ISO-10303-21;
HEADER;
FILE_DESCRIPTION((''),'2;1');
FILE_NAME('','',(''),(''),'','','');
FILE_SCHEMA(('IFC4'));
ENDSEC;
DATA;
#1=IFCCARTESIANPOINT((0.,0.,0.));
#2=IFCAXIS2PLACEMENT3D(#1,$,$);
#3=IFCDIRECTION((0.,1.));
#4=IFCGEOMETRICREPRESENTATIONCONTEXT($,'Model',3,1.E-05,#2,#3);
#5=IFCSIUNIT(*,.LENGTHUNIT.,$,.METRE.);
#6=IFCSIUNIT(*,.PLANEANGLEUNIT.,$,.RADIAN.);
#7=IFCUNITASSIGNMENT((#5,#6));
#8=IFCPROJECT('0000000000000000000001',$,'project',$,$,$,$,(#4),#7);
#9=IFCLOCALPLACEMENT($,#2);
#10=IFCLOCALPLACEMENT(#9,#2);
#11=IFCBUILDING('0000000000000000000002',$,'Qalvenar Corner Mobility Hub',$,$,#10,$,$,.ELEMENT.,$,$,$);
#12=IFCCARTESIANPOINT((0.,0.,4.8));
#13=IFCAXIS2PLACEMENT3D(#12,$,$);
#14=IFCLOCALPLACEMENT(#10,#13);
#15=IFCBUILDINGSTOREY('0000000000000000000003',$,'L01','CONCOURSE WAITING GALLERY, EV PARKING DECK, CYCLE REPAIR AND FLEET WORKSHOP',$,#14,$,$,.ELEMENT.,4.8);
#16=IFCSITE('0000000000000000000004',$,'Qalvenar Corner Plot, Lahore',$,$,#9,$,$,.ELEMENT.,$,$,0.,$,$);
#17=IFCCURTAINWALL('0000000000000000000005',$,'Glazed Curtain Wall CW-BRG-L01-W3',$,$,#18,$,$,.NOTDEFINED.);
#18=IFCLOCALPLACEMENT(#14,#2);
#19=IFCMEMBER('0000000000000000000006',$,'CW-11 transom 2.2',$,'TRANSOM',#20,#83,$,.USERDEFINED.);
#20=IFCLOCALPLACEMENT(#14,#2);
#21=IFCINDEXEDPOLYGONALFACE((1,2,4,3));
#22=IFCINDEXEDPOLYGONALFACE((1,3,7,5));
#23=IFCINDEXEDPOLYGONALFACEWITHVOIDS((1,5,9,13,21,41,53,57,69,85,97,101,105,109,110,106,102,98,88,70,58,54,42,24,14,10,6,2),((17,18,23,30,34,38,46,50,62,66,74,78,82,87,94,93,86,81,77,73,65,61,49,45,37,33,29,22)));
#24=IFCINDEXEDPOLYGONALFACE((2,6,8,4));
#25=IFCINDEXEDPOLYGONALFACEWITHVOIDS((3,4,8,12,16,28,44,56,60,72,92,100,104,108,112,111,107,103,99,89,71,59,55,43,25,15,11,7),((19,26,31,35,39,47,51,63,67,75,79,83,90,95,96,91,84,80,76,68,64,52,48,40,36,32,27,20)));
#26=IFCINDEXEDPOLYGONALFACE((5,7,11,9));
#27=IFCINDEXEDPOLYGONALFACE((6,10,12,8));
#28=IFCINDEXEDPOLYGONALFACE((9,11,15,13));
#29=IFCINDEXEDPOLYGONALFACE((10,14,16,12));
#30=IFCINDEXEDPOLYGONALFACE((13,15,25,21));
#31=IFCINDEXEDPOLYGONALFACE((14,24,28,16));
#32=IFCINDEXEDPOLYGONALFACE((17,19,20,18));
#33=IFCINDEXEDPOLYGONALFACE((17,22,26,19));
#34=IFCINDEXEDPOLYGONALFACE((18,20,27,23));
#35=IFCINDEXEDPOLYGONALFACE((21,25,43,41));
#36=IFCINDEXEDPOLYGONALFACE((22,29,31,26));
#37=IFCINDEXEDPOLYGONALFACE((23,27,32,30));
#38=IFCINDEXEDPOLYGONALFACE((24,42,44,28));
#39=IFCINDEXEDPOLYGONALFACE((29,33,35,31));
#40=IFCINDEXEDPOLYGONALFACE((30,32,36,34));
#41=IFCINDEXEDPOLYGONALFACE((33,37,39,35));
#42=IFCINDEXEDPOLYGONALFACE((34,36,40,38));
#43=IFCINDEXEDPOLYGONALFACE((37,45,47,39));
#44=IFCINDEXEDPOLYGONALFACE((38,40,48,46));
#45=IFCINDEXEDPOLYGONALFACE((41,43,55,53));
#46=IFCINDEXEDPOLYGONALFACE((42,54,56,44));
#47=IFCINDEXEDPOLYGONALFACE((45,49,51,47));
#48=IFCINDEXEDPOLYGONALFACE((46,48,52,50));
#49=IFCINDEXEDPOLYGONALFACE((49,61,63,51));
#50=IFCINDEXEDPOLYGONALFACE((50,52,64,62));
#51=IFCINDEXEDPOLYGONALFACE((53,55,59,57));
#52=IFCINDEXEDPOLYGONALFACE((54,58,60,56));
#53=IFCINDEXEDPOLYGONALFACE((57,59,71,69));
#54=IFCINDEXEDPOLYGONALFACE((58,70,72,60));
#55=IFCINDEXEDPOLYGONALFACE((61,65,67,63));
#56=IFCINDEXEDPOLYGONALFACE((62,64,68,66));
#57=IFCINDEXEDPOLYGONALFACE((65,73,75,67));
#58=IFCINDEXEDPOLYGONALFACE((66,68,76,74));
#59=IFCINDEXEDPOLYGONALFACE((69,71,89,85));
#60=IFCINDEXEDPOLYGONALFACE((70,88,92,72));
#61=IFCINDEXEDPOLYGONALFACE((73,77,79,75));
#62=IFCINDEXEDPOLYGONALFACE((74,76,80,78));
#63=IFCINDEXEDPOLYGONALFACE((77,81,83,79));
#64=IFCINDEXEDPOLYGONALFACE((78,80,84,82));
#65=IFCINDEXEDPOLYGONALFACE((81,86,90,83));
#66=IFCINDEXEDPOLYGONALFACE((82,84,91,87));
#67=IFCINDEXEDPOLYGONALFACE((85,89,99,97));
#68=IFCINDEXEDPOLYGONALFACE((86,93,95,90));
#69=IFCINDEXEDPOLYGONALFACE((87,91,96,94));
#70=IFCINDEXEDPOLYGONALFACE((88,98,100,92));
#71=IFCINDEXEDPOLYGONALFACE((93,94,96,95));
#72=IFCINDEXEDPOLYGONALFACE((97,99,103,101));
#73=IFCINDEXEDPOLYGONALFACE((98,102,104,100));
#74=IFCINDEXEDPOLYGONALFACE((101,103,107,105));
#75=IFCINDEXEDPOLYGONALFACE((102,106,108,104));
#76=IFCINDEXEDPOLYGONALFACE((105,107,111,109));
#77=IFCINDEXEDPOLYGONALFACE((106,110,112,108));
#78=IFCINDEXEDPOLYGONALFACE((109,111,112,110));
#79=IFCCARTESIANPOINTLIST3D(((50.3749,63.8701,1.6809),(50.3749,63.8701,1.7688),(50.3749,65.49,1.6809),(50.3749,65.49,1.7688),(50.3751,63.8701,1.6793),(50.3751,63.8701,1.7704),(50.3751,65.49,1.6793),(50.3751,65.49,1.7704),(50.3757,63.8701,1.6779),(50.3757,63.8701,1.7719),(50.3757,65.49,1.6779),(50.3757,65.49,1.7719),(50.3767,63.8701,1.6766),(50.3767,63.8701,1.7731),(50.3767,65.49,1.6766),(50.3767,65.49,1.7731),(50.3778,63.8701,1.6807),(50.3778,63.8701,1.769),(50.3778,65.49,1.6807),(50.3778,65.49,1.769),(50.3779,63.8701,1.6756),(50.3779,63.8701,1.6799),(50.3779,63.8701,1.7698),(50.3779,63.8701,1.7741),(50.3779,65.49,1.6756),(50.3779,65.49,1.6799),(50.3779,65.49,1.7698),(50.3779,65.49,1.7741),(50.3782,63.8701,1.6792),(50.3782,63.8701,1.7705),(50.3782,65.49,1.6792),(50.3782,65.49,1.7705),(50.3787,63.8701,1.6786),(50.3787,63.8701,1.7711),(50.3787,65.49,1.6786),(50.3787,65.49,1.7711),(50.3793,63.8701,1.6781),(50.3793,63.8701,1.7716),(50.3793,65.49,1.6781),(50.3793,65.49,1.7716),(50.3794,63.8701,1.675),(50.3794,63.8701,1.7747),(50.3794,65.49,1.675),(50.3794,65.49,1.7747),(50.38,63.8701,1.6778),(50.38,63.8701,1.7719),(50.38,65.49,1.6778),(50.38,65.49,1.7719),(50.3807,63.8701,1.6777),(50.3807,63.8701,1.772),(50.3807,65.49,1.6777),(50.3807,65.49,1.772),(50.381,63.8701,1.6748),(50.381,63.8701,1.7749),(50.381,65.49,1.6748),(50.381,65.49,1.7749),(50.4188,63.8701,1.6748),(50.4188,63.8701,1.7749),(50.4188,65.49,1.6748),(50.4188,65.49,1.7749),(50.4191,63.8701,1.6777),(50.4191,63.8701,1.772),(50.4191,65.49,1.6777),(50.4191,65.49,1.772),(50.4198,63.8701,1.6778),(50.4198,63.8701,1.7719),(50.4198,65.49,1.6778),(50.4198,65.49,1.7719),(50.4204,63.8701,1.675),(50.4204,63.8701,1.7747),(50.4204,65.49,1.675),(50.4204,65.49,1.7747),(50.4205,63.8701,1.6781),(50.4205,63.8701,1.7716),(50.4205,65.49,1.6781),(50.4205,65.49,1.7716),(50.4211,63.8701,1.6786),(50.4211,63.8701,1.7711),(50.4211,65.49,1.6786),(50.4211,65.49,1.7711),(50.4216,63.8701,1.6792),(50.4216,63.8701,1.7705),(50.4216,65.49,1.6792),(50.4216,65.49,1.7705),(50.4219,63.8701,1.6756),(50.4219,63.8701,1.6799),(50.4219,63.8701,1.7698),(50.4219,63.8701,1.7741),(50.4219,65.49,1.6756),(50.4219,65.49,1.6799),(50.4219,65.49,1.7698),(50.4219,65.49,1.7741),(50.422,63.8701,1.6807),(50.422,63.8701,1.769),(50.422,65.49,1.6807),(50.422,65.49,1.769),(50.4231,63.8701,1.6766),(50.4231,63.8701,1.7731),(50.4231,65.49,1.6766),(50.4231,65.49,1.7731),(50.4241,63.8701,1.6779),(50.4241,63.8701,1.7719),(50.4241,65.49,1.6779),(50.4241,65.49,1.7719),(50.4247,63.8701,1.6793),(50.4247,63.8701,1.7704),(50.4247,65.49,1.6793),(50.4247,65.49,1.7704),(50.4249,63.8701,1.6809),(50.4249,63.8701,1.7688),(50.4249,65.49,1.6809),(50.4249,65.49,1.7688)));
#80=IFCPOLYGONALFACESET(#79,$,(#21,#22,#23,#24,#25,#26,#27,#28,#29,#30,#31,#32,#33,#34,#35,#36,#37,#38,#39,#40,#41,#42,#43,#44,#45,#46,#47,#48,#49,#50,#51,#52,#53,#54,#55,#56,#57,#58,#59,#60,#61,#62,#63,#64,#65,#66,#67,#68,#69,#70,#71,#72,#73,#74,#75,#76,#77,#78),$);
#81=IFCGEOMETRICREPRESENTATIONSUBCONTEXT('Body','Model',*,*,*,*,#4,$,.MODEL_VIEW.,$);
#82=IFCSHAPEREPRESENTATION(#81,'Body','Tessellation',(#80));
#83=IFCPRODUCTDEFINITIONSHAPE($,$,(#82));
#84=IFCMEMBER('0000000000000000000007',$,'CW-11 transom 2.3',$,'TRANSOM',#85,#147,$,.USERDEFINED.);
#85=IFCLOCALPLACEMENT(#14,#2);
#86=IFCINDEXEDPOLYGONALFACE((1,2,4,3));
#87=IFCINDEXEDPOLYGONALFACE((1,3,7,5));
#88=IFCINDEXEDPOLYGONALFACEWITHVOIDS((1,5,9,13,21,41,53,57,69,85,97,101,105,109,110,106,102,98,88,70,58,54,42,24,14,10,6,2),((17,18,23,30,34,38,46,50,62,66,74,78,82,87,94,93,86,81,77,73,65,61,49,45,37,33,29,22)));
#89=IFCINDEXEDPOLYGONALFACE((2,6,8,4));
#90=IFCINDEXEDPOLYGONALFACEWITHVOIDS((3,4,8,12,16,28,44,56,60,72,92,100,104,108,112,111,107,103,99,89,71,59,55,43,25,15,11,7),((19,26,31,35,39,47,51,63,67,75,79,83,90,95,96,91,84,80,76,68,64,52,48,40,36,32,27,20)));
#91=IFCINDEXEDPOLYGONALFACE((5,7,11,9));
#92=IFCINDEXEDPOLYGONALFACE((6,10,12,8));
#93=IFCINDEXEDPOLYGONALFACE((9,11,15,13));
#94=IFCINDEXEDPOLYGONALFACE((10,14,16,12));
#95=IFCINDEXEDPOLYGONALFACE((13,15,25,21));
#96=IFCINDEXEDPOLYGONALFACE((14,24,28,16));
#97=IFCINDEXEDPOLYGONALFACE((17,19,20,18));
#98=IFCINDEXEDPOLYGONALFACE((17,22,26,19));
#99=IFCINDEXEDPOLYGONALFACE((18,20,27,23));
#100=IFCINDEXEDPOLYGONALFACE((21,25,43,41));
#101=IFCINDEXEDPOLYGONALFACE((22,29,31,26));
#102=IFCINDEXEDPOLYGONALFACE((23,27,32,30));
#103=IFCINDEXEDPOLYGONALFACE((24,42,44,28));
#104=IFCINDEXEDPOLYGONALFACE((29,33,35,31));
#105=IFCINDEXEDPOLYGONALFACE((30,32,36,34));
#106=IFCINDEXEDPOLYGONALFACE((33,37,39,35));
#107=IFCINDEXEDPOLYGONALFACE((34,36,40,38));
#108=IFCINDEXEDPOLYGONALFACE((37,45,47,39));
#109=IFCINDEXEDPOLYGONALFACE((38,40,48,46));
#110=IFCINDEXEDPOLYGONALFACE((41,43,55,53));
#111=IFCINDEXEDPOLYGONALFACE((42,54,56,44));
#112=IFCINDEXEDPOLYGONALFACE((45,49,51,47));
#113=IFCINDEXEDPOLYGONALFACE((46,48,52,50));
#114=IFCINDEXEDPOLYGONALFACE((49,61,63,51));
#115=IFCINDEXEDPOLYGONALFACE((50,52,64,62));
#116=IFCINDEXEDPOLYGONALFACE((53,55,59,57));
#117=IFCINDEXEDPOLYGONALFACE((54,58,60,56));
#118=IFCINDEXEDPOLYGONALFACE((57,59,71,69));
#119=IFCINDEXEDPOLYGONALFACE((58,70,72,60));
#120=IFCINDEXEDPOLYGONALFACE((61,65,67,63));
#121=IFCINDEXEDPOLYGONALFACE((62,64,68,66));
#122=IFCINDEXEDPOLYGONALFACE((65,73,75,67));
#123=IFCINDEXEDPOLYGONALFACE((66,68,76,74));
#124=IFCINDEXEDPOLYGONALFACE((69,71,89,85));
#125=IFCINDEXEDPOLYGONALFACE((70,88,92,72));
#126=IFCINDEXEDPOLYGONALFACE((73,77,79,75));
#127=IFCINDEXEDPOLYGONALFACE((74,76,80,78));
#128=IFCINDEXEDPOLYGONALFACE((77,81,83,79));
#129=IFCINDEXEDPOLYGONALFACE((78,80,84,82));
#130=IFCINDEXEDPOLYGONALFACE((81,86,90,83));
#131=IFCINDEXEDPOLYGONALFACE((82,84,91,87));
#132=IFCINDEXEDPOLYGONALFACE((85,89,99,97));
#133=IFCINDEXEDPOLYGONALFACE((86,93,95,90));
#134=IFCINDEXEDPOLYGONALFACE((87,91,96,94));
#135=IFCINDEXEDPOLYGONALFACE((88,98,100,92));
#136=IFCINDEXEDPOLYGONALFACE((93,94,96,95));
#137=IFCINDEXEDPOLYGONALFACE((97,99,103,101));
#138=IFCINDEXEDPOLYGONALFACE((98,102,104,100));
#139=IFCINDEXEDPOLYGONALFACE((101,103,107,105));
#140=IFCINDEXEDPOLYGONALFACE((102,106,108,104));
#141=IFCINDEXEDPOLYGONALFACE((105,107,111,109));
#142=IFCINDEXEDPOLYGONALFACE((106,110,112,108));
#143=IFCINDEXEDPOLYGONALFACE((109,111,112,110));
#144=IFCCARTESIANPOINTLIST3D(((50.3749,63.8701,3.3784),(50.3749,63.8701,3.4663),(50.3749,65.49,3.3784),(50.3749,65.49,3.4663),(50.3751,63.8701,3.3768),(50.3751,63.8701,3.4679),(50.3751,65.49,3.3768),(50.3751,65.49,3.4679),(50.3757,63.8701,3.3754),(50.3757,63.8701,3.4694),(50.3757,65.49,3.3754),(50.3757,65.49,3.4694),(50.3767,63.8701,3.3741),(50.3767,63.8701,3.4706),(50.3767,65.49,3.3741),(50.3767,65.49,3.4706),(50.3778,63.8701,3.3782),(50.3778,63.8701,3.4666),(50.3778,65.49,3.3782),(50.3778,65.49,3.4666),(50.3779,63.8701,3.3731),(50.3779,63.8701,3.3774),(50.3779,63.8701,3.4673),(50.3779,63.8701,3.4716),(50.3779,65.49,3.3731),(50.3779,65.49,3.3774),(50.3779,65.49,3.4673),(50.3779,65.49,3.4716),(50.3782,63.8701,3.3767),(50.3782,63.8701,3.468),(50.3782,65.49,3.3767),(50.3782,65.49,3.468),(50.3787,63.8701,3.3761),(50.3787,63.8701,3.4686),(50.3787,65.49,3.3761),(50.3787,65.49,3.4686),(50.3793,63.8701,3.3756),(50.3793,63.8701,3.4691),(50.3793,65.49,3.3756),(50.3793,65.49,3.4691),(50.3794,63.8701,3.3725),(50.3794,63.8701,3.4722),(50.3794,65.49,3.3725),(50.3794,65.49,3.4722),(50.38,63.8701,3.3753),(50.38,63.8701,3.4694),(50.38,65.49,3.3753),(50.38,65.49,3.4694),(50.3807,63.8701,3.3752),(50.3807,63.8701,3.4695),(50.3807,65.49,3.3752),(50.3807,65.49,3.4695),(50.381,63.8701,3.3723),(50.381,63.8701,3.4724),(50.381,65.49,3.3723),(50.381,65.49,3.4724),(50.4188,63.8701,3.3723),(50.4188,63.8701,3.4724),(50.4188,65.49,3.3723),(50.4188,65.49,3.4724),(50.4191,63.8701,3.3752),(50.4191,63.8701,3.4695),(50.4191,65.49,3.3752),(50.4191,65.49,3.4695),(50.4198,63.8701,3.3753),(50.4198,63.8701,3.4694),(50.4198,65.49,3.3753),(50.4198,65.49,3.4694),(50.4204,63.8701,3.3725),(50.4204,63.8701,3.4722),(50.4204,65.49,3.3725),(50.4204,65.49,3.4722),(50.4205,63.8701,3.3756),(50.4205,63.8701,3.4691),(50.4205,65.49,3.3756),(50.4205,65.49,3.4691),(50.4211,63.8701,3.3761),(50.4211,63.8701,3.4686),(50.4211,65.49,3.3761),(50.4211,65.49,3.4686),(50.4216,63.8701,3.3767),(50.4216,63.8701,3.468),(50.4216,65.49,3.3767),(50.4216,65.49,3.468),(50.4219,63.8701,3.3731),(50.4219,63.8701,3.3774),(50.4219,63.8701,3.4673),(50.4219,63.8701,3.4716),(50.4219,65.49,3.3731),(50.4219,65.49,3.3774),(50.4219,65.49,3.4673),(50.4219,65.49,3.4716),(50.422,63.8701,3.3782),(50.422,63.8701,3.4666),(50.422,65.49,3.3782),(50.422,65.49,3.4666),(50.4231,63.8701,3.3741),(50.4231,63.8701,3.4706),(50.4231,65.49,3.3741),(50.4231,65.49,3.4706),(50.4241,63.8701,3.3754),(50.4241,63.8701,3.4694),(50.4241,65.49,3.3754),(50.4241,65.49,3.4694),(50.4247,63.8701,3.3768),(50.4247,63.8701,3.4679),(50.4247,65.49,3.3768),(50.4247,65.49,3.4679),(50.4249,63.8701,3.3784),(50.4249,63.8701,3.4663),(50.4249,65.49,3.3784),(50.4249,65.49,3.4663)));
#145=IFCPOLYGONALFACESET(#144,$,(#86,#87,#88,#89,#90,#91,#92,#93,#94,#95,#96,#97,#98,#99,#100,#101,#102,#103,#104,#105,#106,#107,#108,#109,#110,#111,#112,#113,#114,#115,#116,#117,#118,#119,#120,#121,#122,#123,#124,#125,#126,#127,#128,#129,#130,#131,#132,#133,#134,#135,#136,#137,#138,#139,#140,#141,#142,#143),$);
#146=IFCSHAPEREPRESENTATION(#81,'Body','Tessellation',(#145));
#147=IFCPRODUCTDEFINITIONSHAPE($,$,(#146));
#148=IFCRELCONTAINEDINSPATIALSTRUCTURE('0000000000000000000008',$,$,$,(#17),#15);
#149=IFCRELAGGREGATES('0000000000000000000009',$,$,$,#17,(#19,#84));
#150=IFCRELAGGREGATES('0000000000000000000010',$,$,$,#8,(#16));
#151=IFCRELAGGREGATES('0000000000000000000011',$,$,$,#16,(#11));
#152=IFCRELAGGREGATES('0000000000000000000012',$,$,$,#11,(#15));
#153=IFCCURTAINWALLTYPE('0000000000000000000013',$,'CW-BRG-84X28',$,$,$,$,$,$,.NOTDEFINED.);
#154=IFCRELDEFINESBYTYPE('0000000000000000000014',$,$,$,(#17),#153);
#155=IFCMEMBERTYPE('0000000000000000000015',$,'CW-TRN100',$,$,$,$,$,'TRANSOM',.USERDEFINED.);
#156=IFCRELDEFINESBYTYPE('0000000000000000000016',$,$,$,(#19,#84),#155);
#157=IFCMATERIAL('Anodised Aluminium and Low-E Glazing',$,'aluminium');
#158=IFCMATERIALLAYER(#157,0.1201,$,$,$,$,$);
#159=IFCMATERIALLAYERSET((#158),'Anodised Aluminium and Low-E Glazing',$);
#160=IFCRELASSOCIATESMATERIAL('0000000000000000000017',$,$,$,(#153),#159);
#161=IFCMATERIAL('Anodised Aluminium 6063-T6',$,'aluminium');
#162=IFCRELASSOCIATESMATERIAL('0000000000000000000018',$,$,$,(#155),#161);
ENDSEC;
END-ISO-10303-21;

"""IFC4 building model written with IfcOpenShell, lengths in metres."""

from ifc_helpers import new_model, si_unit, direction, frame, origin, origin_2d, place, context, subcontext, project, spatial, hollow_rectangle, extrude, material, layer, layer_set, material_profile, profile_set, type_object, element, aggregate, save


model = new_model("IFC4")

# Units and contexts
model_context = context("Model", 3, precision=1e-05, world=origin(), true_north=direction((0.0, 1.0)))
body_context = subcontext(model_context, "Body", "Model", "MODEL_VIEW")
ifc_project = project(units=[si_unit("LENGTHUNIT", "METRE"), si_unit("PLANEANGLEUNIT", "RADIAN")], contexts=[model_context])

# Site, building, storey
site_placement = place(None, origin())
site = spatial("IfcSite", under=ifc_project, at=site_placement, Name="Qalvenar Corner Plot, Lahore", CompositionType="ELEMENT", RefElevation=0.0)
building_placement = place(site_placement, origin())
building = spatial("IfcBuilding", under=site, at=building_placement, Name="Qalvenar Corner Mobility Hub", CompositionType="ELEMENT")
storey_placement = place(building_placement, frame((0.0, 0.0, 4.8)))
storey = spatial("IfcBuildingStorey", under=building, at=storey_placement, Name="L01", Description="CONCOURSE WAITING GALLERY, EV PARKING DECK, CYCLE REPAIR AND FLEET WORKSHOP", CompositionType="ELEMENT", Elevation=4.8)

# Curtain wall
ifc_material_1 = material(Name="Anodised Aluminium and Low-E Glazing", Category="aluminium")
ifc_layer_1 = layer(ifc_material_1, 0.1201)
ifc_layer_set_1 = layer_set([ifc_layer_1], Name="Anodised Aluminium and Low-E Glazing")
curtain_wall_type = type_object("IfcCurtainWallType", Name="CW-BRG-84X28", PredefinedType="NOTDEFINED", material=ifc_layer_set_1)
curtain_wall_1_placement = place(storey_placement, origin())
curtain_wall_1 = element("IfcCurtainWall", 1, at=curtain_wall_1_placement, inside=storey, type_object=curtain_wall_type, Name="Glazed Curtain Wall CW-BRG-L01-W3", PredefinedType="NOTDEFINED")
ifc_material_2 = material(Name="Anodised Aluminium 6063-T6", Category="aluminium")

# Members
ifc_material_profile_1 = material_profile(ifc_material_2, hollow_rectangle(XDim=0.05, YDim=0.1001, WallThickness=0.0029, InnerFilletRadius=0.0029, OuterFilletRadius=0.0061, at=origin_2d()), Name="RHS100x50x3")
ifc_profile_set_1 = profile_set([ifc_material_profile_1], Name="Anodised Aluminium 6063-T6")
member_type_1 = type_object("IfcMemberType", Name="CW-TRN100", ElementType="TRANSOM", PredefinedType="USERDEFINED", material=ifc_profile_set_1)
member_1_placement = place(storey_placement, frame((50.3999, 65.49, 1.7249), z_axis=(0.0, -1.0, 0.0), x_axis=(1.0, 0.0, 0.0)))
member_1 = element("IfcMember", 2, at=member_1_placement, type_object=member_type_1, Name="CW-11 transom 2.2", ObjectType="TRANSOM", PredefinedType="USERDEFINED", context=body_context, shape_type="SweptSolid", body=[
    extrude(hollow_rectangle(XDim=0.05, YDim=0.1001, WallThickness=0.0029, InnerFilletRadius=0.0029, OuterFilletRadius=0.0061, at=origin_2d()), origin(), (0.0, 0.0, 1.0), 1.6199),
])
member_2_placement = place(storey_placement, frame((50.3999, 65.49, 3.4224), z_axis=(0.0, -1.0, 0.0), x_axis=(1.0, 0.0, 0.0)))
member_2 = element("IfcMember", 3, at=member_2_placement, type_object=member_type_1, Name="CW-11 transom 2.3", ObjectType="TRANSOM", PredefinedType="USERDEFINED", context=body_context, shape_type="SweptSolid", body=[
    extrude(hollow_rectangle(XDim=0.05, YDim=0.1001, WallThickness=0.0029, InnerFilletRadius=0.0029, OuterFilletRadius=0.0061, at=origin_2d()), origin(), (0.0, 0.0, 1.0), 1.6199),
])

aggregate(curtain_wall_1, [member_1, member_2])

save(model, "model.ifc")
